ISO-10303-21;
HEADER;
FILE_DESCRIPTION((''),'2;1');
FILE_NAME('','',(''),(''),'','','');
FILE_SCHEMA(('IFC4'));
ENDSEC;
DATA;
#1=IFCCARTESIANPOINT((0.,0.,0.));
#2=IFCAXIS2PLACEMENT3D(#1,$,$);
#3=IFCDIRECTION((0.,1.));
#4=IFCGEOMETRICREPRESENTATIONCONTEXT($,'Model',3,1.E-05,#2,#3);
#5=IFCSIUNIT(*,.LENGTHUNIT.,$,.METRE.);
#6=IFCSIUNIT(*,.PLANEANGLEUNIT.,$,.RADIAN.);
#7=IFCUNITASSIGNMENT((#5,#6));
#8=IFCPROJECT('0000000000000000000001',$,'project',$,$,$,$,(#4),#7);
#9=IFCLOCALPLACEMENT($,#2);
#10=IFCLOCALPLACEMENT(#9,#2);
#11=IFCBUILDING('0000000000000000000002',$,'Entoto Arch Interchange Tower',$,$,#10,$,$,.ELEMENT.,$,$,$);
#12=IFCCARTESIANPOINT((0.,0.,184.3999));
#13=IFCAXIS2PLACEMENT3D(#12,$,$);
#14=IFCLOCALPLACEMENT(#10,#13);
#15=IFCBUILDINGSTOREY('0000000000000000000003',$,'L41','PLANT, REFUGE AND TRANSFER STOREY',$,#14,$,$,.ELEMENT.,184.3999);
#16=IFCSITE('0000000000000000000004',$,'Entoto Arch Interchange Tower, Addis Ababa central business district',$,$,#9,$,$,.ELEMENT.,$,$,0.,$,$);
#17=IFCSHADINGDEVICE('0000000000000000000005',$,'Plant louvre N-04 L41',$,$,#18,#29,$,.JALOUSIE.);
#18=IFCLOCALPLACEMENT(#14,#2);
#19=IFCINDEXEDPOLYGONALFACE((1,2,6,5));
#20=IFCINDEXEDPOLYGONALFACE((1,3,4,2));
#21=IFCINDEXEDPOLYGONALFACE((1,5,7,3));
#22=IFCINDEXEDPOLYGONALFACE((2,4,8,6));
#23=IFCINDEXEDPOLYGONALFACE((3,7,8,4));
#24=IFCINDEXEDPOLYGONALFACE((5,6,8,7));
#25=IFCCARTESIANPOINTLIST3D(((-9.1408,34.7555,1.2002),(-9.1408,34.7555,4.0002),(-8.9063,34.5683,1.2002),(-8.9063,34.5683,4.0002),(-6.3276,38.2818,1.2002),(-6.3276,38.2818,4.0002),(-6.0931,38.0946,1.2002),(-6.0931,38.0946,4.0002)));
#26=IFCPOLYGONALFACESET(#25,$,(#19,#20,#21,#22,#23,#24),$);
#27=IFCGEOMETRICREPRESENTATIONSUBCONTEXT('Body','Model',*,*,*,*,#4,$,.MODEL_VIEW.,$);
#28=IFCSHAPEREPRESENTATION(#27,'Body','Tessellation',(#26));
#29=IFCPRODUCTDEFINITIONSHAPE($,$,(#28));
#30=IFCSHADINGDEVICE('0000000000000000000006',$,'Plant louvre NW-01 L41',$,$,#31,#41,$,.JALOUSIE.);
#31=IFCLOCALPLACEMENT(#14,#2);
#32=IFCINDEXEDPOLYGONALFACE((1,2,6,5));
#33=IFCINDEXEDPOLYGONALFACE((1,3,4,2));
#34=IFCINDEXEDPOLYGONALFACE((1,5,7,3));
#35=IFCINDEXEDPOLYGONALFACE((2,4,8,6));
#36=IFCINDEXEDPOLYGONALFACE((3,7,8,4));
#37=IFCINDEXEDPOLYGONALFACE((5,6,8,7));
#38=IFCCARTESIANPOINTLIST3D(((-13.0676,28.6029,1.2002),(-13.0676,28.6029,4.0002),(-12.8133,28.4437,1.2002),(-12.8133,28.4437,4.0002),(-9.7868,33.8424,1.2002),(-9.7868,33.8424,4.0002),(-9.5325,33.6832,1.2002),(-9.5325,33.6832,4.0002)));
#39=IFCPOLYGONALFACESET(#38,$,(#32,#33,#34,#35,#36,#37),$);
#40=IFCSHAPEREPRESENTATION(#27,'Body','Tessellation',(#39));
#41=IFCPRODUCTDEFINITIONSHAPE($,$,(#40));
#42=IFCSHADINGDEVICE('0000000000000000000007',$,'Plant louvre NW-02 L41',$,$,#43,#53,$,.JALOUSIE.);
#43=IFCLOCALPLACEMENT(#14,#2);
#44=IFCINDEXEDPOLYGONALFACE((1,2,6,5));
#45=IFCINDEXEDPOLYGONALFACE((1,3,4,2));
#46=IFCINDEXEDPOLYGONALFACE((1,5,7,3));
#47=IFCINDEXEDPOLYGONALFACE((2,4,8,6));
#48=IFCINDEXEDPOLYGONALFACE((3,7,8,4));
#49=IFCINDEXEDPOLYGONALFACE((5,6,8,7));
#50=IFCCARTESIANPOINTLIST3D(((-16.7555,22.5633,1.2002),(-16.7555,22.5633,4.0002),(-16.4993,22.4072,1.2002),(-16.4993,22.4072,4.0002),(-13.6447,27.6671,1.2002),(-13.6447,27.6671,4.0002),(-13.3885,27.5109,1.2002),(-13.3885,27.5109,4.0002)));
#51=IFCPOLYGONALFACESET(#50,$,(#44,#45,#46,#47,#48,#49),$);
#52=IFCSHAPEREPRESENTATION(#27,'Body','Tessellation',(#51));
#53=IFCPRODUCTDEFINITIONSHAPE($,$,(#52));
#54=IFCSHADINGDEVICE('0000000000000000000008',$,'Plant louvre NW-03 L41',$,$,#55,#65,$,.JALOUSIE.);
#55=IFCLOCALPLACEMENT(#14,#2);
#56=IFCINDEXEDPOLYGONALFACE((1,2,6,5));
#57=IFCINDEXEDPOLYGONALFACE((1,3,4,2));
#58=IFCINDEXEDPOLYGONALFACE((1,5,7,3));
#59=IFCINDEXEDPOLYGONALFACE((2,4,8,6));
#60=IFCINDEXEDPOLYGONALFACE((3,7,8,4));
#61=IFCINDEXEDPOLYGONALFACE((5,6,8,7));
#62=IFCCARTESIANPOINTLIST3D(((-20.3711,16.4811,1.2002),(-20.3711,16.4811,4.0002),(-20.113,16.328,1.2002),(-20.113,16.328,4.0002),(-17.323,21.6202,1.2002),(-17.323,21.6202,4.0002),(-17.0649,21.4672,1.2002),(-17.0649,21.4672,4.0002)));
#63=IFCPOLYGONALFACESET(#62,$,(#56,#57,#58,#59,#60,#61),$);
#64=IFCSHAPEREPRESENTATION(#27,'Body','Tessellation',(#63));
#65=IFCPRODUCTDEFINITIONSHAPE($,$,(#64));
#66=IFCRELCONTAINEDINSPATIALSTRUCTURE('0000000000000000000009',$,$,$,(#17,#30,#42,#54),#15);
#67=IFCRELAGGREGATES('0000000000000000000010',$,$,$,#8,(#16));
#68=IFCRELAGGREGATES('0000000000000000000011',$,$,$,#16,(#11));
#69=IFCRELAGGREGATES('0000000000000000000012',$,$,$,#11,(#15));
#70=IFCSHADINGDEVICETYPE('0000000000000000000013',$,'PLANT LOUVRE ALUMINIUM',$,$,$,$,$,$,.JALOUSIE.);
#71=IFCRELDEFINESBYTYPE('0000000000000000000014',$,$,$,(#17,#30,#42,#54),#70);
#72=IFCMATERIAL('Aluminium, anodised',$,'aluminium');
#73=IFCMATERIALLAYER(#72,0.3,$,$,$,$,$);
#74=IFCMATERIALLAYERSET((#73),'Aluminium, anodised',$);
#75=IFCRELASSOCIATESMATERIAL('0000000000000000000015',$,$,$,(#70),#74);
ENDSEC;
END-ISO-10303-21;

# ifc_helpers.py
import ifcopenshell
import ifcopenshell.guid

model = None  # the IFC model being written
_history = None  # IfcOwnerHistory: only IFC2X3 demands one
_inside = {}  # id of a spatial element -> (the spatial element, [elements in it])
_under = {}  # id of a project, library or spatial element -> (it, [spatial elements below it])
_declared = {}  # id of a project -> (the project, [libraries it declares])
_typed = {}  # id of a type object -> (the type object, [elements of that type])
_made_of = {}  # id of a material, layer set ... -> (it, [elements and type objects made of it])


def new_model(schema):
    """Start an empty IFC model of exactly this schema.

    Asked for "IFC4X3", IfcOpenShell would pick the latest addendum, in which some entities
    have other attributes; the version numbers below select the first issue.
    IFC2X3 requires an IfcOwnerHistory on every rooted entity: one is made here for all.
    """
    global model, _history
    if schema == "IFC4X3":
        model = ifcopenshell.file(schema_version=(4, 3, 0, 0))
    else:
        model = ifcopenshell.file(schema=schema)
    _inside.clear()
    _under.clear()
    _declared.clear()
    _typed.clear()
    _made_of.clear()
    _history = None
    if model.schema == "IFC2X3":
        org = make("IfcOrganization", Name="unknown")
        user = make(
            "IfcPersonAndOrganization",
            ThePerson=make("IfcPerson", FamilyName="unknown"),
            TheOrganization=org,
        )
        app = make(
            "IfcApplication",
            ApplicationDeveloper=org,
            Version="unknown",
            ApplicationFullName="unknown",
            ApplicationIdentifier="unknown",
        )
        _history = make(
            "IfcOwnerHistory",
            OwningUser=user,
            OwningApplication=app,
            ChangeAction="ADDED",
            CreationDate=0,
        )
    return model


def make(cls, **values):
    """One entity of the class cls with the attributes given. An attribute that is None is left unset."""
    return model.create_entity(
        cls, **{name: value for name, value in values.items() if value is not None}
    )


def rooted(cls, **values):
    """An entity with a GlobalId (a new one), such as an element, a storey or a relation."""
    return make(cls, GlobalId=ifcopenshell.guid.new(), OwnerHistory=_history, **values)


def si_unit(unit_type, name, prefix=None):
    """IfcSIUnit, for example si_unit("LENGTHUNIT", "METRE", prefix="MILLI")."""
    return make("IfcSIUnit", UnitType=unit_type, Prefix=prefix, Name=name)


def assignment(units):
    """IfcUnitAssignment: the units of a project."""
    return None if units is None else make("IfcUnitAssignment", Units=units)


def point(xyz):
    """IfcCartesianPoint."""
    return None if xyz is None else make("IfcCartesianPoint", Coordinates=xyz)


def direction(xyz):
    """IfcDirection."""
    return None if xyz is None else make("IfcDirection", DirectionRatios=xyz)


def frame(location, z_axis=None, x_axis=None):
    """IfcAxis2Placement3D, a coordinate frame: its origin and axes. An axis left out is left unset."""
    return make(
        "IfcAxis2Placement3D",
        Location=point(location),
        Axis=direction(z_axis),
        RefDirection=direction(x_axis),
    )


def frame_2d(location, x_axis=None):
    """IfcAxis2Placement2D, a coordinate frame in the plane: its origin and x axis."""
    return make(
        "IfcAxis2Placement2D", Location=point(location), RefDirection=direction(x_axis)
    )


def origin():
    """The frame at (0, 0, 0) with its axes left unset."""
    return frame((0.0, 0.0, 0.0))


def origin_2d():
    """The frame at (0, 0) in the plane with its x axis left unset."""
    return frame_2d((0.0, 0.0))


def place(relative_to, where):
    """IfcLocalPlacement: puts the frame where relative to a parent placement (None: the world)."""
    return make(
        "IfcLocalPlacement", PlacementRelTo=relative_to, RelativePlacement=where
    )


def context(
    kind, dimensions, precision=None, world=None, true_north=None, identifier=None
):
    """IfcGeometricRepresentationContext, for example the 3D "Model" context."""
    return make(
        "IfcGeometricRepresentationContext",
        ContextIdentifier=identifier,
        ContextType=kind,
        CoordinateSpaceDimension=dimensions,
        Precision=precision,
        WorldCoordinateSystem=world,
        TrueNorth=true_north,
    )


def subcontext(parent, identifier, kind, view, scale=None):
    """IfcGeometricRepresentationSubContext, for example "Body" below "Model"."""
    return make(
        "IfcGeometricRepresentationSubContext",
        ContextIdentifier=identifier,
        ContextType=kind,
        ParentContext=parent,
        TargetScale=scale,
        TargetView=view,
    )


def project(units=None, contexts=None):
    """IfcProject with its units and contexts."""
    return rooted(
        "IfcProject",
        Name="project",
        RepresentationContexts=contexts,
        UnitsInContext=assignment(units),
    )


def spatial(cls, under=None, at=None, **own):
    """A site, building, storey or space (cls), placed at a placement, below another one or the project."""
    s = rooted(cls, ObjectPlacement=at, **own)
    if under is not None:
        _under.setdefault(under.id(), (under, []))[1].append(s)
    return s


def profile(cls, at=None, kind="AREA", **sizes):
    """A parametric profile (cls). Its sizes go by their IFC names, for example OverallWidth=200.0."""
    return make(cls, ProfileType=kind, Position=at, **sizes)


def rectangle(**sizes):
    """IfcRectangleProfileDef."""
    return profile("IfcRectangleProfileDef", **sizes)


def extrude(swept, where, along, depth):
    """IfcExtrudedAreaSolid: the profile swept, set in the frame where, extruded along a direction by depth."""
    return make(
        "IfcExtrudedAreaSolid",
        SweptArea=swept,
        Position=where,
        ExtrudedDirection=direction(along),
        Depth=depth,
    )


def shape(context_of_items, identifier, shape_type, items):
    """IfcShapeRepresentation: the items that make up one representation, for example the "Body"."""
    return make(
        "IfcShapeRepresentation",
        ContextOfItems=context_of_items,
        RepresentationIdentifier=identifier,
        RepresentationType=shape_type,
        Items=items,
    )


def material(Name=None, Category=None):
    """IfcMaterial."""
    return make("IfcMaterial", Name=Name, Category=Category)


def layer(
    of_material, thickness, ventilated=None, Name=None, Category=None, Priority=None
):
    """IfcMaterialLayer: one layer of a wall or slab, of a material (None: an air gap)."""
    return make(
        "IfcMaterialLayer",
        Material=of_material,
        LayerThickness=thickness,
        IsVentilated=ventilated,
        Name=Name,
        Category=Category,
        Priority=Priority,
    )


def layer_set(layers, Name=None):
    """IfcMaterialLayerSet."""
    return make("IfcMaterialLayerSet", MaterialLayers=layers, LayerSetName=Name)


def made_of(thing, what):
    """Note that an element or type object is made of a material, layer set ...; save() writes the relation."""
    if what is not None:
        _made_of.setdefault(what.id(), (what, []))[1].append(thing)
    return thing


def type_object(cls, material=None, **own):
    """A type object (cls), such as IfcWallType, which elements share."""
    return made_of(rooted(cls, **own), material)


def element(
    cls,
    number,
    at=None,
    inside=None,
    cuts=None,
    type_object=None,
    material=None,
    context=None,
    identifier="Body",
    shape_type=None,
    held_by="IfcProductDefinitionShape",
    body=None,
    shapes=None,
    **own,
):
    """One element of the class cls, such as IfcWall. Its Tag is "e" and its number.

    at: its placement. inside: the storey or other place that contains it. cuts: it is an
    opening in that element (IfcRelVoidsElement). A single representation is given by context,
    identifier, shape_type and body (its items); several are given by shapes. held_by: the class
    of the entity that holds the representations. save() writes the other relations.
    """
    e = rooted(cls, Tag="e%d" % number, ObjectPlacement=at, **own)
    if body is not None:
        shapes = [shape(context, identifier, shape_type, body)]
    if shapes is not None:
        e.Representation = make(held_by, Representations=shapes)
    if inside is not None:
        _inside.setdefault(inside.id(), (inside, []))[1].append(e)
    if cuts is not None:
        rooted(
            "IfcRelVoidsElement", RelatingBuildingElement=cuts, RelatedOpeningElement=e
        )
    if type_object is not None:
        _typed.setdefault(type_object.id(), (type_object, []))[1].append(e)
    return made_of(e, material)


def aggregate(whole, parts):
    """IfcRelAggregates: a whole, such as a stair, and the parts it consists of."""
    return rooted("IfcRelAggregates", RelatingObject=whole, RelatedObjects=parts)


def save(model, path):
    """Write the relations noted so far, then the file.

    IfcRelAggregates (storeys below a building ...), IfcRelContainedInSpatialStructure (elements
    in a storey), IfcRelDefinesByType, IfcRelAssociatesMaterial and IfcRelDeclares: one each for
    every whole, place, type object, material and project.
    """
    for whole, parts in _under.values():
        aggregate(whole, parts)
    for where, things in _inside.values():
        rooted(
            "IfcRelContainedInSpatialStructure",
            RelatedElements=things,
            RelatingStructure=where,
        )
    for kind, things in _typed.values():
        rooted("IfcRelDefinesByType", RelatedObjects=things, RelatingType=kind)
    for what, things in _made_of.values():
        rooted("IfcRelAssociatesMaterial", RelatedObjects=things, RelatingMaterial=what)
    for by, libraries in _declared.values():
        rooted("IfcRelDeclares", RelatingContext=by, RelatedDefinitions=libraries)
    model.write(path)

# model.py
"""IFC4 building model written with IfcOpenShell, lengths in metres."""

from ifc_helpers import new_model, si_unit, direction, frame, origin, origin_2d, place, context, subcontext, project, spatial, rectangle, extrude, material, layer, layer_set, type_object, element, save


model = new_model("IFC4")

# Units and contexts
model_context = context("Model", 3, precision=1e-05, world=origin(), true_north=direction((0.0, 1.0)))
body_context = subcontext(model_context, "Body", "Model", "MODEL_VIEW")
ifc_project = project(units=[si_unit("LENGTHUNIT", "METRE"), si_unit("PLANEANGLEUNIT", "RADIAN")], contexts=[model_context])

# Site, building, storey
site_placement = place(None, origin())
site = spatial("IfcSite", under=ifc_project, at=site_placement, Name="Entoto Arch Interchange Tower, Addis Ababa central business district", CompositionType="ELEMENT", RefElevation=0.0)
building_placement = place(site_placement, origin())
building = spatial("IfcBuilding", under=site, at=building_placement, Name="Entoto Arch Interchange Tower", CompositionType="ELEMENT")
storey_placement = place(building_placement, frame((0.0, 0.0, 184.3999)))
storey = spatial("IfcBuildingStorey", under=building, at=storey_placement, Name="L41", Description="PLANT, REFUGE AND TRANSFER STOREY", CompositionType="ELEMENT", Elevation=184.3999)

# Shading devices
ifc_material_1 = material(Name="Aluminium, anodised", Category="aluminium")
ifc_layer_1 = layer(ifc_material_1, 0.3)
ifc_layer_set_1 = layer_set([ifc_layer_1], Name="Aluminium, anodised")
shading_device_type = type_object("IfcShadingDeviceType", Name="PLANT LOUVRE ALUMINIUM", PredefinedType="JALOUSIE", material=ifc_layer_set_1)
shading_device_1_placement = place(storey_placement, frame((-7.6169, 36.425, 1.2002), z_axis=(0.0, 0.0, 1.0), x_axis=(-0.623634, -0.781716, 0.0)))
element("IfcShadingDevice", 1, at=shading_device_1_placement, inside=storey, type_object=shading_device_type, Name="Plant louvre N-04 L41", PredefinedType="JALOUSIE", context=body_context, shape_type="SweptSolid", body=[
    extrude(rectangle(XDim=4.511, YDim=0.3, at=origin_2d()), origin(), (0.0, 0.0, 1.0), 2.8),
])
shading_device_2_placement = place(storey_placement, frame((-11.3, 31.1431, 1.2002), z_axis=(0.0, 0.0, 1.0), x_axis=(-0.530704, -0.847558, 0.0)))
element("IfcShadingDevice", 2, at=shading_device_2_placement, inside=storey, type_object=shading_device_type, Name="Plant louvre NW-01 L41", PredefinedType="JALOUSIE", context=body_context, shape_type="SweptSolid", body=[
    extrude(rectangle(XDim=6.1819, YDim=0.3, at=origin_2d()), origin(), (0.0, 0.0, 1.0), 2.8),
])
shading_device_3_placement = place(storey_placement, frame((-15.072, 25.0371, 1.2002), z_axis=(0.0, 0.0, 1.0), x_axis=(-0.520458, -0.853887, 0.0)))
element("IfcShadingDevice", 3, at=shading_device_3_placement, inside=storey, type_object=shading_device_type, Name="Plant louvre NW-02 L41", PredefinedType="JALOUSIE", context=body_context, shape_type="SweptSolid", body=[
    extrude(rectangle(XDim=5.9771, YDim=0.3, at=origin_2d()), origin(), (0.0, 0.0, 1.0), 2.8),
])
shading_device_4_placement = place(storey_placement, frame((-18.718, 18.9741, 1.2002), z_axis=(0.0, 0.0, 1.0), x_axis=(-0.510138, -0.860093, 0.0)))
element("IfcShadingDevice", 4, at=shading_device_4_placement, inside=storey, type_object=shading_device_type, Name="Plant louvre NW-03 L41", PredefinedType="JALOUSIE", context=body_context, shape_type="SweptSolid", body=[
    extrude(rectangle(XDim=5.9751, YDim=0.3, at=origin_2d()), origin(), (0.0, 0.0, 1.0), 2.8),
])

save(model, "model.ifc")
